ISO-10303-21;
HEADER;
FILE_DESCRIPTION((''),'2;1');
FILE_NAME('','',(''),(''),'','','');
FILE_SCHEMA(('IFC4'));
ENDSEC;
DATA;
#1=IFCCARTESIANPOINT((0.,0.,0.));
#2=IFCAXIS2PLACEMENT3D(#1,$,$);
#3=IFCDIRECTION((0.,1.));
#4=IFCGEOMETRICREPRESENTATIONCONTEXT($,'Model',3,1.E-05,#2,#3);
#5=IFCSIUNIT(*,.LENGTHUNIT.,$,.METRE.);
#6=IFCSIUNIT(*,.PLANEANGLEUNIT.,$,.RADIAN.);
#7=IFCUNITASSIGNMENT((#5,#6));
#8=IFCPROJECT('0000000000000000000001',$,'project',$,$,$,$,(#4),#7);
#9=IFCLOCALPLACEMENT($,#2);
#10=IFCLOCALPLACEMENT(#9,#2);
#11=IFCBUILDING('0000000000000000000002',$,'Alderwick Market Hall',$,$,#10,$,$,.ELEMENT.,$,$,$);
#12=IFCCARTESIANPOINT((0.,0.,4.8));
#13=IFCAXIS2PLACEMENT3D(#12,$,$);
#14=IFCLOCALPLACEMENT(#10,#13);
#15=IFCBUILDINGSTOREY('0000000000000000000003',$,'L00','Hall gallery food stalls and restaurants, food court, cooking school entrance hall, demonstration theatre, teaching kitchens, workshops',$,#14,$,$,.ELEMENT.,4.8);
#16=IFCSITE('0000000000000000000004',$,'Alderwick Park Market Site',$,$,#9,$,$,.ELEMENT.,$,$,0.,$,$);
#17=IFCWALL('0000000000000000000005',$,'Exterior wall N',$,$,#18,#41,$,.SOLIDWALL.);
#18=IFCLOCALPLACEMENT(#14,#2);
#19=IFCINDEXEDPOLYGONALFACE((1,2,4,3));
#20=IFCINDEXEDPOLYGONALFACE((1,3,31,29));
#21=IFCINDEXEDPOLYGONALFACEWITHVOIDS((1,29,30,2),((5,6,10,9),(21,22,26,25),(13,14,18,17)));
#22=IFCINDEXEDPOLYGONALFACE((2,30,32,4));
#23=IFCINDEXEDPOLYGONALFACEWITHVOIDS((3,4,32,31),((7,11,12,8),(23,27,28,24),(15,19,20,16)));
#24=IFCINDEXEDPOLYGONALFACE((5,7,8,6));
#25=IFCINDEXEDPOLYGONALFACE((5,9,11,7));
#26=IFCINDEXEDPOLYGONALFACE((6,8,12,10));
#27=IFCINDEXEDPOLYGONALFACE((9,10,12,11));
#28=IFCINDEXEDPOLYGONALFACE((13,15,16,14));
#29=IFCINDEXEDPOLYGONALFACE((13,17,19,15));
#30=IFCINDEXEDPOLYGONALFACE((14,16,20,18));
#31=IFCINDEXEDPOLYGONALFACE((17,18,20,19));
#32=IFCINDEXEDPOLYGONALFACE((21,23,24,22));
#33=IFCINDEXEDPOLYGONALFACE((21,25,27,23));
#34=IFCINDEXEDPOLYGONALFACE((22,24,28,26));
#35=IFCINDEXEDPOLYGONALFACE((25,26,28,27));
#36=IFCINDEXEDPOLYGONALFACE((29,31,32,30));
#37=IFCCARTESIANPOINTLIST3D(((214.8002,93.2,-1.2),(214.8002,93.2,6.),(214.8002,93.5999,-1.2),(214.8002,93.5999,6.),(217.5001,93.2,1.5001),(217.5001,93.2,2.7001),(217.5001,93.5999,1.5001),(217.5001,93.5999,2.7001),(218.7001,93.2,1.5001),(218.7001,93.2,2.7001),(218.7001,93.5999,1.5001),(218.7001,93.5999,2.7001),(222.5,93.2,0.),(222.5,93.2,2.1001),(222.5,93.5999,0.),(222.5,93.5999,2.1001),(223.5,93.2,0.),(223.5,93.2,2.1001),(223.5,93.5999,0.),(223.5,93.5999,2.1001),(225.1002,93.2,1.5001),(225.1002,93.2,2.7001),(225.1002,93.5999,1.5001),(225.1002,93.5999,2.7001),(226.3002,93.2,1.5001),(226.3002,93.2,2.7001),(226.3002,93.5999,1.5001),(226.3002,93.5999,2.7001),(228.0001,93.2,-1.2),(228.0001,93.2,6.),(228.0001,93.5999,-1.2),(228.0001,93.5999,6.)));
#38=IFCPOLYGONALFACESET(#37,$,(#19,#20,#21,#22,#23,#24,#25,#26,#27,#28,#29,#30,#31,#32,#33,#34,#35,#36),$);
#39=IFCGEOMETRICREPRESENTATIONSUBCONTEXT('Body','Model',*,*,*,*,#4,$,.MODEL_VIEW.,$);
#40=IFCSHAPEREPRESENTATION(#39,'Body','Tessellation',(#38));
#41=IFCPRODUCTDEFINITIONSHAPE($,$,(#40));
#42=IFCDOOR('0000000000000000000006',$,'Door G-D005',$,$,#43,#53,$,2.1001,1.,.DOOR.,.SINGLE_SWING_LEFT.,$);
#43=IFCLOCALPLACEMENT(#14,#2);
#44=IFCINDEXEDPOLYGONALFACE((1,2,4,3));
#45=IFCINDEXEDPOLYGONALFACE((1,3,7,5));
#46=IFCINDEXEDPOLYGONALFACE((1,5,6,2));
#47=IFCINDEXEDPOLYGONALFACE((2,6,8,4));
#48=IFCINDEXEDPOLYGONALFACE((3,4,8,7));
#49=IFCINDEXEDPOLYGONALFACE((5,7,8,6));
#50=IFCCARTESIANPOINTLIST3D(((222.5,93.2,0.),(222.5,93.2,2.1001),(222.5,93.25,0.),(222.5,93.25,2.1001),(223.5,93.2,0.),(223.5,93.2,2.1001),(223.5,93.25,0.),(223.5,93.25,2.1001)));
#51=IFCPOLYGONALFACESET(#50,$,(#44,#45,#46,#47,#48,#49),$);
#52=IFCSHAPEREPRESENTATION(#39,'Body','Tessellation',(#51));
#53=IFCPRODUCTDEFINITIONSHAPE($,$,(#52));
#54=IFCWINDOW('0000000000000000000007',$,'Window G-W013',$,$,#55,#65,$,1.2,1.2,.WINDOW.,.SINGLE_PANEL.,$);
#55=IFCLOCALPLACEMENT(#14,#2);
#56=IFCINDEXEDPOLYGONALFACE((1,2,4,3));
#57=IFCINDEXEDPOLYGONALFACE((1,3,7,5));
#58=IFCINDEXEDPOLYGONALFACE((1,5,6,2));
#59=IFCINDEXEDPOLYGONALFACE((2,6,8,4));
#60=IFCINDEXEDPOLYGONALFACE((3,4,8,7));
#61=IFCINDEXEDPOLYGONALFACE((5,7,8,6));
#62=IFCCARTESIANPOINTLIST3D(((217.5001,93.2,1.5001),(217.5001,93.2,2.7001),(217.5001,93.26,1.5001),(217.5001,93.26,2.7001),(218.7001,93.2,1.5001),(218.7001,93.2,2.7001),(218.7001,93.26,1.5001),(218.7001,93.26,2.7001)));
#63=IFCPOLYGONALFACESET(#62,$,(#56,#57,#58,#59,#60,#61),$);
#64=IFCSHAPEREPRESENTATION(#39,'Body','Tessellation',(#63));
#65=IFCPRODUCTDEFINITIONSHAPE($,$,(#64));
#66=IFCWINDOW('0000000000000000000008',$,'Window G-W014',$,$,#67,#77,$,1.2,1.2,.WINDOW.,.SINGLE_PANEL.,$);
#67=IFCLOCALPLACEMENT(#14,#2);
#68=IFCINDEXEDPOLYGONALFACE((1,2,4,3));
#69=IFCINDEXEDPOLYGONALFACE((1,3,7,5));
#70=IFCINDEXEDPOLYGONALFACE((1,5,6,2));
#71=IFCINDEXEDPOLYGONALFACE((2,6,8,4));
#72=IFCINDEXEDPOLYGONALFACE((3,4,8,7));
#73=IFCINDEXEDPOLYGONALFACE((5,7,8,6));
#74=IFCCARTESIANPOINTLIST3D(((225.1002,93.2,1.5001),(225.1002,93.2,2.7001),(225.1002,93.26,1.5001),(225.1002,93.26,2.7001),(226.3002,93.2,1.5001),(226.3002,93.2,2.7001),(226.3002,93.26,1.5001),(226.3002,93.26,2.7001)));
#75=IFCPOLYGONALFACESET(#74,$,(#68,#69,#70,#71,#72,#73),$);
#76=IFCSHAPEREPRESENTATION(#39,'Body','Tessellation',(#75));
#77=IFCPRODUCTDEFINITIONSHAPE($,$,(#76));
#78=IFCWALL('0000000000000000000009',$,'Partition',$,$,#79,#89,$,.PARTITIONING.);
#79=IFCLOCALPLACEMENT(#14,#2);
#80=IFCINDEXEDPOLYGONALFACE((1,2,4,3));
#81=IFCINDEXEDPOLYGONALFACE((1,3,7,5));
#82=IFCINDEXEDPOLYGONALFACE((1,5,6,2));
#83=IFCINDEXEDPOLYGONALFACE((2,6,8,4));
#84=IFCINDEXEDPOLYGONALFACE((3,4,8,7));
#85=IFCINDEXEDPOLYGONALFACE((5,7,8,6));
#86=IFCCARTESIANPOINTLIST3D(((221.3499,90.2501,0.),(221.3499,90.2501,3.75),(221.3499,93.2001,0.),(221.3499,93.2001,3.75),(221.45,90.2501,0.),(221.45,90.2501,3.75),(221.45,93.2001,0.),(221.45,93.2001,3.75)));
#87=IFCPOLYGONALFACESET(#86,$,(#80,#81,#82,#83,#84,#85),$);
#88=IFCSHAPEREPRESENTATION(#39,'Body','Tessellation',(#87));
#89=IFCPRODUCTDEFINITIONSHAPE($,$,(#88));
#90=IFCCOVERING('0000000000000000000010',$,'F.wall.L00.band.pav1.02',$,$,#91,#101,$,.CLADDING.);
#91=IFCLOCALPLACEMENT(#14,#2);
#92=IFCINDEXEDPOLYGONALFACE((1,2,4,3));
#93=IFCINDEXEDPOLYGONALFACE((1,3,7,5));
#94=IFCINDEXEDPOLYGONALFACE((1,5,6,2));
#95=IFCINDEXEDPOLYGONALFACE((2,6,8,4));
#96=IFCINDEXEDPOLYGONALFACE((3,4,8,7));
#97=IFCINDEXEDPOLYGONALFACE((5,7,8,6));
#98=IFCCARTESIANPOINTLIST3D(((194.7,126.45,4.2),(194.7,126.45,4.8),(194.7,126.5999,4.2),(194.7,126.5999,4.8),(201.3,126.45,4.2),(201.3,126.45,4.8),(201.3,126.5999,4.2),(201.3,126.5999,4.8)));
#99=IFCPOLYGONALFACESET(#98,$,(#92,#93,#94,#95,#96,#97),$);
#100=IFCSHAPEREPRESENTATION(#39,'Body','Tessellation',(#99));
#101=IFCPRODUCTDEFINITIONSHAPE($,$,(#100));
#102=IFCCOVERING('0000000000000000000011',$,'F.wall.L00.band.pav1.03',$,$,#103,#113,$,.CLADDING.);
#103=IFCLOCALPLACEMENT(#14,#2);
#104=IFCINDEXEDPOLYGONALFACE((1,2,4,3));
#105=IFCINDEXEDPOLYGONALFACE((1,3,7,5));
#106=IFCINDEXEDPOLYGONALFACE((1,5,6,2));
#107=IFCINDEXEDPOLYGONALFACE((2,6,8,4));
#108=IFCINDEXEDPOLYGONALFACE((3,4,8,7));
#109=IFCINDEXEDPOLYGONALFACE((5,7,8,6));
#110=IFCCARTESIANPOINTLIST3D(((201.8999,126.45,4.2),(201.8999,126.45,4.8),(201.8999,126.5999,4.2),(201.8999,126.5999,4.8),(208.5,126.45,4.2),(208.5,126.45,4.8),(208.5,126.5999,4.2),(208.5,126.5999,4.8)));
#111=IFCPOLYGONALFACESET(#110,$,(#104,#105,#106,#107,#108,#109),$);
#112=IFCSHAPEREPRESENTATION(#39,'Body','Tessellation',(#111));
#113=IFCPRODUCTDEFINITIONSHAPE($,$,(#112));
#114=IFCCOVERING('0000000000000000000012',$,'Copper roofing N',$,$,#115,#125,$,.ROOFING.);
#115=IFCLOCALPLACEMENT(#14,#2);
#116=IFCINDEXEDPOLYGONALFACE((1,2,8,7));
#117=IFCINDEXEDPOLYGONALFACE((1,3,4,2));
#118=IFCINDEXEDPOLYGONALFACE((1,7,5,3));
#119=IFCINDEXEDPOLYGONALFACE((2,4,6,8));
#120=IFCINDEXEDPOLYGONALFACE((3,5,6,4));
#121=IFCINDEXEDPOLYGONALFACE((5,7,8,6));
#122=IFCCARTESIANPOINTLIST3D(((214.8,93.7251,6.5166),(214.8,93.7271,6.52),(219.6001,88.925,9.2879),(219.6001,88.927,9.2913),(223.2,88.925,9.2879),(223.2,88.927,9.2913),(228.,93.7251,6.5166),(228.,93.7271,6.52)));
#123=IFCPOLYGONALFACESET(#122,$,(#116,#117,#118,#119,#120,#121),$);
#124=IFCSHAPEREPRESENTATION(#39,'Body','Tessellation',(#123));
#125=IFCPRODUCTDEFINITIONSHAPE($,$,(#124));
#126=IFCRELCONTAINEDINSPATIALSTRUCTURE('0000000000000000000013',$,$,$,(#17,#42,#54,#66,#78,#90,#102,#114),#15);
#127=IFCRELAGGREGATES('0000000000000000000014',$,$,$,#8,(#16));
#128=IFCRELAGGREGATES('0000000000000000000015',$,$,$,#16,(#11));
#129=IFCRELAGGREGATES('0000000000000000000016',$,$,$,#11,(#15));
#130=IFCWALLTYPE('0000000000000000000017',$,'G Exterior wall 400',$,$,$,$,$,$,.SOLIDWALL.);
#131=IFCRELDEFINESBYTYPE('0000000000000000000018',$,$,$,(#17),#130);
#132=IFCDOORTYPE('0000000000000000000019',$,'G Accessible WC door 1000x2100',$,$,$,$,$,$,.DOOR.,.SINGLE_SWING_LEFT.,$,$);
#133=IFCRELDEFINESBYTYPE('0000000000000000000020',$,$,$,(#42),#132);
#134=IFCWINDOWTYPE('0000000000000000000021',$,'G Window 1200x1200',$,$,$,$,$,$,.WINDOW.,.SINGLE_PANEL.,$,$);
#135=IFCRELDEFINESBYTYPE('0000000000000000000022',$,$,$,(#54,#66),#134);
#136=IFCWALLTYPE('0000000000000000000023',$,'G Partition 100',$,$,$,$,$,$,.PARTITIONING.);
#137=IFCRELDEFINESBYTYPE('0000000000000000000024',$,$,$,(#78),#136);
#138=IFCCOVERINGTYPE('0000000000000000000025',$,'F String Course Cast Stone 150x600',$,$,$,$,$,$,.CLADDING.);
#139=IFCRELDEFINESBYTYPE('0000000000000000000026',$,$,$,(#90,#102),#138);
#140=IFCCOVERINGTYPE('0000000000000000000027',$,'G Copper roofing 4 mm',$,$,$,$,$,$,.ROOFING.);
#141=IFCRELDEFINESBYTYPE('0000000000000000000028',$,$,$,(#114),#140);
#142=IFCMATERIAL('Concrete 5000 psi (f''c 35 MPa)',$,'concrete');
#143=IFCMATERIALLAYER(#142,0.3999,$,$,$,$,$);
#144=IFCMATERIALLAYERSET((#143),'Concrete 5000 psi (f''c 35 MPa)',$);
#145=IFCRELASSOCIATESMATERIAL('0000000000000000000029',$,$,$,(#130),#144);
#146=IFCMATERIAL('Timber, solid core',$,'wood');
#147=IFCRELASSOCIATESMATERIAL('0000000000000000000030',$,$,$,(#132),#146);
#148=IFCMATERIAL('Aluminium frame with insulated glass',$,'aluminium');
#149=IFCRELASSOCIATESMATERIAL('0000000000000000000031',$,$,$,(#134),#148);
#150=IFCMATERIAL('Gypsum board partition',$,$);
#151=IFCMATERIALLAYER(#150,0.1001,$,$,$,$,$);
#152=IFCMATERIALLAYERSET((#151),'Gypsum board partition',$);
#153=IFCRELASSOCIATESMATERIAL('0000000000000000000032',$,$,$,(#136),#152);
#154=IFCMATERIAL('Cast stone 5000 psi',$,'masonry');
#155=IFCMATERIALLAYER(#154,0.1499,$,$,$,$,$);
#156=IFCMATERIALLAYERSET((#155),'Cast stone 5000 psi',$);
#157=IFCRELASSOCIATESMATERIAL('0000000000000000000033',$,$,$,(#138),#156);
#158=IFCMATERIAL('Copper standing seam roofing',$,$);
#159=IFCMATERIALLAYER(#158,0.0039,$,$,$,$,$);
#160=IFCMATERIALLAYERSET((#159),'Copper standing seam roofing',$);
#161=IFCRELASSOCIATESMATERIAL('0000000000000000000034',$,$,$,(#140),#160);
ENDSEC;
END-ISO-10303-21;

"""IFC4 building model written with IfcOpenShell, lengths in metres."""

from ifc_helpers import new_model, si_unit, direction, frame, frame_2d, origin, place, context, subcontext, project, spatial, polyline, rectangle, outline, extrude, material, layer, layer_set, type_object, element, fill, save


model = new_model("IFC4")

# Units and contexts
model_context = context("Model", 3, precision=1e-05, world=origin(), true_north=direction((0.0, 1.0)))
body_context = subcontext(model_context, "Body", "Model", "MODEL_VIEW")
ifc_project = project(units=[si_unit("LENGTHUNIT", "METRE"), si_unit("PLANEANGLEUNIT", "RADIAN")], contexts=[model_context])

# Site, building, storey
site_placement = place(None, origin())
site = spatial("IfcSite", under=ifc_project, at=site_placement, Name="Alderwick Park Market Site", CompositionType="ELEMENT", RefElevation=0.0)
building_placement = place(site_placement, origin())
building = spatial("IfcBuilding", under=site, at=building_placement, Name="Alderwick Market Hall", CompositionType="ELEMENT")
storey_placement = place(building_placement, frame((0.0, 0.0, 4.8)))
storey = spatial("IfcBuildingStorey", under=building, at=storey_placement, Name="L00", Description="Hall gallery food stalls and restaurants, food court, cooking school entrance hall, demonstration theatre, teaching kitchens, workshops", CompositionType="ELEMENT", Elevation=4.8)

# Shared definitions
ifc_material_1 = material(Name="Concrete 5000 psi (f'c 35 MPa)", Category="concrete")

# Wall, openings, door, windows
ifc_layer_1 = layer(ifc_material_1, 0.3999)
ifc_layer_set_1 = layer_set([ifc_layer_1], Name="Concrete 5000 psi (f'c 35 MPa)")
wall_type_1 = type_object("IfcWallType", Name="G Exterior wall 400", PredefinedType="SOLIDWALL", material=ifc_layer_set_1)
wall_1_placement = place(storey_placement, frame((214.8, 93.3999, -1.2), z_axis=(0.0, 0.0, 1.0), x_axis=(1.0, 0.0, 0.0)))
wall_1 = element("IfcWall", 1, at=wall_1_placement, inside=storey, type_object=wall_type_1, Name="Exterior wall N", PredefinedType="SOLIDWALL", context=body_context, shape_type="SweptSolid", body=[
    extrude(rectangle(XDim=13.2, YDim=0.3999, at=frame_2d((6.6001, 0.0))), origin(), (0.0, 0.0, 1.0), 7.2),
])
opening_1_placement = place(wall_1_placement, frame((7.7, 0.0, 1.2)))
opening_1 = element("IfcOpeningElement", 2, at=opening_1_placement, cuts=wall_1, PredefinedType="OPENING", context=body_context, shape_type="SweptSolid", body=[
    extrude(rectangle(XDim=1.0, YDim=2.1001, at=frame_2d((0.5, 1.05))), frame((0.0, 0.21, 0.0), z_axis=(0.0, -1.0, 0.0), x_axis=(1.0, 0.0, 0.0)), (0.0, 0.0, 1.0), 0.4199),
])
opening_2_placement = place(wall_1_placement, frame((2.7, 0.0, 2.7)))
opening_2 = element("IfcOpeningElement", 3, at=opening_2_placement, cuts=wall_1, PredefinedType="OPENING", context=body_context, shape_type="SweptSolid", body=[
    extrude(rectangle(XDim=1.2, YDim=1.2, at=frame_2d((0.6001, 0.6001))), frame((0.0, 0.21, 0.0), z_axis=(0.0, -1.0, 0.0), x_axis=(1.0, 0.0, 0.0)), (0.0, 0.0, 1.0), 0.4199),
])
opening_3_placement = place(wall_1_placement, frame((10.3, 0.0, 2.7)))
opening_3 = element("IfcOpeningElement", 4, at=opening_3_placement, cuts=wall_1, PredefinedType="OPENING", context=body_context, shape_type="SweptSolid", body=[
    extrude(rectangle(XDim=1.2, YDim=1.2, at=frame_2d((0.6001, 0.6001))), frame((0.0, 0.21, 0.0), z_axis=(0.0, -1.0, 0.0), x_axis=(1.0, 0.0, 0.0)), (0.0, 0.0, 1.0), 0.4199),
])
ifc_material_2 = material(Name="Timber, solid core", Category="wood")
door_type = type_object("IfcDoorType", Name="G Accessible WC door 1000x2100", OperationType="SINGLE_SWING_LEFT", PredefinedType="DOOR", material=ifc_material_2)
door_placement = place(opening_1_placement, origin())
door = element("IfcDoor", 5, at=door_placement, inside=storey, type_object=door_type, Name="Door G-D005", OperationType="SINGLE_SWING_LEFT", OverallHeight=2.1001, OverallWidth=1.0, PredefinedType="DOOR", context=body_context, shape_type="SweptSolid", body=[
    extrude(rectangle(XDim=1.0, YDim=2.1001, at=frame_2d((0.5, 1.05))), frame((0.0, -0.1499, 0.0), z_axis=(0.0, -1.0, 0.0), x_axis=(1.0, 0.0, 0.0)), (0.0, 0.0, 1.0), 0.05),
])
fill(opening_1, door)
ifc_material_3 = material(Name="Aluminium frame with insulated glass", Category="aluminium")
window_type = type_object("IfcWindowType", Name="G Window 1200x1200", PartitioningType="SINGLE_PANEL", PredefinedType="WINDOW", material=ifc_material_3)
window_1_placement = place(opening_2_placement, origin())
window_1 = element("IfcWindow", 6, at=window_1_placement, inside=storey, type_object=window_type, Name="Window G-W013", OverallHeight=1.2, OverallWidth=1.2, PartitioningType="SINGLE_PANEL", PredefinedType="WINDOW", context=body_context, shape_type="SweptSolid", body=[
    extrude(rectangle(XDim=1.2, YDim=1.2, at=frame_2d((0.6001, 0.6001))), frame((0.0, -0.1399, 0.0), z_axis=(0.0, -1.0, 0.0), x_axis=(1.0, 0.0, 0.0)), (0.0, 0.0, 1.0), 0.0601),
])
fill(opening_2, window_1)
window_2_placement = place(opening_3_placement, origin())
window_2 = element("IfcWindow", 7, at=window_2_placement, inside=storey, type_object=window_type, Name="Window G-W014", OverallHeight=1.2, OverallWidth=1.2, PartitioningType="SINGLE_PANEL", PredefinedType="WINDOW", context=body_context, shape_type="SweptSolid", body=[
    extrude(rectangle(XDim=1.2, YDim=1.2, at=frame_2d((0.6001, 0.6001))), frame((0.0, -0.1399, 0.0), z_axis=(0.0, -1.0, 0.0), x_axis=(1.0, 0.0, 0.0)), (0.0, 0.0, 1.0), 0.0601),
])
fill(opening_3, window_2)

# Wall
ifc_material_4 = material(Name="Gypsum board partition")
ifc_layer_2 = layer(ifc_material_4, 0.1001)
ifc_layer_set_2 = layer_set([ifc_layer_2], Name="Gypsum board partition")
wall_type_2 = type_object("IfcWallType", Name="G Partition 100", PredefinedType="PARTITIONING", material=ifc_layer_set_2)
wall_2_placement = place(storey_placement, frame((221.3999, 90.25, 0.0), z_axis=(0.0, 0.0, 1.0), x_axis=(0.0, 1.0, 0.0)))
element("IfcWall", 8, at=wall_2_placement, inside=storey, type_object=wall_type_2, Name="Partition", PredefinedType="PARTITIONING", context=body_context, shape_type="SweptSolid", body=[
    extrude(rectangle(XDim=2.95, YDim=0.1001, at=frame_2d((1.4751, 0.0))), origin(), (0.0, 0.0, 1.0), 3.75),
])

# Coverings
ifc_material_5 = material(Name="Cast stone 5000 psi", Category="masonry")
ifc_layer_3 = layer(ifc_material_5, 0.1499)
ifc_layer_set_3 = layer_set([ifc_layer_3], Name="Cast stone 5000 psi")
covering_type_1 = type_object("IfcCoveringType", Name="F String Course Cast Stone 150x600", PredefinedType="CLADDING", material=ifc_layer_set_3)
for number, where, z_axis, x_axis, name in (
    (9, (201.3, 126.5249, 4.2), (0.0, 0.0, 1.0), (-1.0, 0.0, 0.0), "F.wall.L00.band.pav1.02"),
    (10, (208.5, 126.5249, 4.2), (0.0, 0.0, 1.0), (-1.0, 0.0, 0.0), "F.wall.L00.band.pav1.03"),
):
    element("IfcCovering", number, at=place(storey_placement, frame(where, z_axis=z_axis, x_axis=x_axis)), inside=storey, type_object=covering_type_1, Name=name, PredefinedType="CLADDING", context=body_context, shape_type="SweptSolid", body=[
        extrude(rectangle(XDim=6.6001, YDim=0.1499, at=frame_2d((3.3, 0.0))), origin(), (0.0, 0.0, 1.0), 0.6001),
    ])
ifc_material_6 = material(Name="Copper standing seam roofing")
ifc_layer_4 = layer(ifc_material_6, 0.0039)
ifc_layer_set_4 = layer_set([ifc_layer_4], Name="Copper standing seam roofing")
covering_type_2 = type_object("IfcCoveringType", Name="G Copper roofing 4 mm", PredefinedType="ROOFING", material=ifc_layer_set_4)
covering_placement = place(storey_placement, frame((214.8, 93.7271, 6.52), z_axis=(0.0, 0.499991, 0.866031), x_axis=(0.654656, -0.654656, 0.377956)))
element("IfcCovering", 11, at=covering_placement, inside=storey, type_object=covering_type_2, Name="Copper roofing N", PredefinedType="ROOFING", context=body_context, shape_type="SweptSolid", body=[
    extrude(outline(polyline([(0.0, 0.0), (7.3322, 0.0), (9.6888, 2.7212), (8.6414, 9.9782), (0.0, 0.0)])), origin(), (0.0, 0.0, -1.0), 0.0039),
])

save(model, "model.ifc")
